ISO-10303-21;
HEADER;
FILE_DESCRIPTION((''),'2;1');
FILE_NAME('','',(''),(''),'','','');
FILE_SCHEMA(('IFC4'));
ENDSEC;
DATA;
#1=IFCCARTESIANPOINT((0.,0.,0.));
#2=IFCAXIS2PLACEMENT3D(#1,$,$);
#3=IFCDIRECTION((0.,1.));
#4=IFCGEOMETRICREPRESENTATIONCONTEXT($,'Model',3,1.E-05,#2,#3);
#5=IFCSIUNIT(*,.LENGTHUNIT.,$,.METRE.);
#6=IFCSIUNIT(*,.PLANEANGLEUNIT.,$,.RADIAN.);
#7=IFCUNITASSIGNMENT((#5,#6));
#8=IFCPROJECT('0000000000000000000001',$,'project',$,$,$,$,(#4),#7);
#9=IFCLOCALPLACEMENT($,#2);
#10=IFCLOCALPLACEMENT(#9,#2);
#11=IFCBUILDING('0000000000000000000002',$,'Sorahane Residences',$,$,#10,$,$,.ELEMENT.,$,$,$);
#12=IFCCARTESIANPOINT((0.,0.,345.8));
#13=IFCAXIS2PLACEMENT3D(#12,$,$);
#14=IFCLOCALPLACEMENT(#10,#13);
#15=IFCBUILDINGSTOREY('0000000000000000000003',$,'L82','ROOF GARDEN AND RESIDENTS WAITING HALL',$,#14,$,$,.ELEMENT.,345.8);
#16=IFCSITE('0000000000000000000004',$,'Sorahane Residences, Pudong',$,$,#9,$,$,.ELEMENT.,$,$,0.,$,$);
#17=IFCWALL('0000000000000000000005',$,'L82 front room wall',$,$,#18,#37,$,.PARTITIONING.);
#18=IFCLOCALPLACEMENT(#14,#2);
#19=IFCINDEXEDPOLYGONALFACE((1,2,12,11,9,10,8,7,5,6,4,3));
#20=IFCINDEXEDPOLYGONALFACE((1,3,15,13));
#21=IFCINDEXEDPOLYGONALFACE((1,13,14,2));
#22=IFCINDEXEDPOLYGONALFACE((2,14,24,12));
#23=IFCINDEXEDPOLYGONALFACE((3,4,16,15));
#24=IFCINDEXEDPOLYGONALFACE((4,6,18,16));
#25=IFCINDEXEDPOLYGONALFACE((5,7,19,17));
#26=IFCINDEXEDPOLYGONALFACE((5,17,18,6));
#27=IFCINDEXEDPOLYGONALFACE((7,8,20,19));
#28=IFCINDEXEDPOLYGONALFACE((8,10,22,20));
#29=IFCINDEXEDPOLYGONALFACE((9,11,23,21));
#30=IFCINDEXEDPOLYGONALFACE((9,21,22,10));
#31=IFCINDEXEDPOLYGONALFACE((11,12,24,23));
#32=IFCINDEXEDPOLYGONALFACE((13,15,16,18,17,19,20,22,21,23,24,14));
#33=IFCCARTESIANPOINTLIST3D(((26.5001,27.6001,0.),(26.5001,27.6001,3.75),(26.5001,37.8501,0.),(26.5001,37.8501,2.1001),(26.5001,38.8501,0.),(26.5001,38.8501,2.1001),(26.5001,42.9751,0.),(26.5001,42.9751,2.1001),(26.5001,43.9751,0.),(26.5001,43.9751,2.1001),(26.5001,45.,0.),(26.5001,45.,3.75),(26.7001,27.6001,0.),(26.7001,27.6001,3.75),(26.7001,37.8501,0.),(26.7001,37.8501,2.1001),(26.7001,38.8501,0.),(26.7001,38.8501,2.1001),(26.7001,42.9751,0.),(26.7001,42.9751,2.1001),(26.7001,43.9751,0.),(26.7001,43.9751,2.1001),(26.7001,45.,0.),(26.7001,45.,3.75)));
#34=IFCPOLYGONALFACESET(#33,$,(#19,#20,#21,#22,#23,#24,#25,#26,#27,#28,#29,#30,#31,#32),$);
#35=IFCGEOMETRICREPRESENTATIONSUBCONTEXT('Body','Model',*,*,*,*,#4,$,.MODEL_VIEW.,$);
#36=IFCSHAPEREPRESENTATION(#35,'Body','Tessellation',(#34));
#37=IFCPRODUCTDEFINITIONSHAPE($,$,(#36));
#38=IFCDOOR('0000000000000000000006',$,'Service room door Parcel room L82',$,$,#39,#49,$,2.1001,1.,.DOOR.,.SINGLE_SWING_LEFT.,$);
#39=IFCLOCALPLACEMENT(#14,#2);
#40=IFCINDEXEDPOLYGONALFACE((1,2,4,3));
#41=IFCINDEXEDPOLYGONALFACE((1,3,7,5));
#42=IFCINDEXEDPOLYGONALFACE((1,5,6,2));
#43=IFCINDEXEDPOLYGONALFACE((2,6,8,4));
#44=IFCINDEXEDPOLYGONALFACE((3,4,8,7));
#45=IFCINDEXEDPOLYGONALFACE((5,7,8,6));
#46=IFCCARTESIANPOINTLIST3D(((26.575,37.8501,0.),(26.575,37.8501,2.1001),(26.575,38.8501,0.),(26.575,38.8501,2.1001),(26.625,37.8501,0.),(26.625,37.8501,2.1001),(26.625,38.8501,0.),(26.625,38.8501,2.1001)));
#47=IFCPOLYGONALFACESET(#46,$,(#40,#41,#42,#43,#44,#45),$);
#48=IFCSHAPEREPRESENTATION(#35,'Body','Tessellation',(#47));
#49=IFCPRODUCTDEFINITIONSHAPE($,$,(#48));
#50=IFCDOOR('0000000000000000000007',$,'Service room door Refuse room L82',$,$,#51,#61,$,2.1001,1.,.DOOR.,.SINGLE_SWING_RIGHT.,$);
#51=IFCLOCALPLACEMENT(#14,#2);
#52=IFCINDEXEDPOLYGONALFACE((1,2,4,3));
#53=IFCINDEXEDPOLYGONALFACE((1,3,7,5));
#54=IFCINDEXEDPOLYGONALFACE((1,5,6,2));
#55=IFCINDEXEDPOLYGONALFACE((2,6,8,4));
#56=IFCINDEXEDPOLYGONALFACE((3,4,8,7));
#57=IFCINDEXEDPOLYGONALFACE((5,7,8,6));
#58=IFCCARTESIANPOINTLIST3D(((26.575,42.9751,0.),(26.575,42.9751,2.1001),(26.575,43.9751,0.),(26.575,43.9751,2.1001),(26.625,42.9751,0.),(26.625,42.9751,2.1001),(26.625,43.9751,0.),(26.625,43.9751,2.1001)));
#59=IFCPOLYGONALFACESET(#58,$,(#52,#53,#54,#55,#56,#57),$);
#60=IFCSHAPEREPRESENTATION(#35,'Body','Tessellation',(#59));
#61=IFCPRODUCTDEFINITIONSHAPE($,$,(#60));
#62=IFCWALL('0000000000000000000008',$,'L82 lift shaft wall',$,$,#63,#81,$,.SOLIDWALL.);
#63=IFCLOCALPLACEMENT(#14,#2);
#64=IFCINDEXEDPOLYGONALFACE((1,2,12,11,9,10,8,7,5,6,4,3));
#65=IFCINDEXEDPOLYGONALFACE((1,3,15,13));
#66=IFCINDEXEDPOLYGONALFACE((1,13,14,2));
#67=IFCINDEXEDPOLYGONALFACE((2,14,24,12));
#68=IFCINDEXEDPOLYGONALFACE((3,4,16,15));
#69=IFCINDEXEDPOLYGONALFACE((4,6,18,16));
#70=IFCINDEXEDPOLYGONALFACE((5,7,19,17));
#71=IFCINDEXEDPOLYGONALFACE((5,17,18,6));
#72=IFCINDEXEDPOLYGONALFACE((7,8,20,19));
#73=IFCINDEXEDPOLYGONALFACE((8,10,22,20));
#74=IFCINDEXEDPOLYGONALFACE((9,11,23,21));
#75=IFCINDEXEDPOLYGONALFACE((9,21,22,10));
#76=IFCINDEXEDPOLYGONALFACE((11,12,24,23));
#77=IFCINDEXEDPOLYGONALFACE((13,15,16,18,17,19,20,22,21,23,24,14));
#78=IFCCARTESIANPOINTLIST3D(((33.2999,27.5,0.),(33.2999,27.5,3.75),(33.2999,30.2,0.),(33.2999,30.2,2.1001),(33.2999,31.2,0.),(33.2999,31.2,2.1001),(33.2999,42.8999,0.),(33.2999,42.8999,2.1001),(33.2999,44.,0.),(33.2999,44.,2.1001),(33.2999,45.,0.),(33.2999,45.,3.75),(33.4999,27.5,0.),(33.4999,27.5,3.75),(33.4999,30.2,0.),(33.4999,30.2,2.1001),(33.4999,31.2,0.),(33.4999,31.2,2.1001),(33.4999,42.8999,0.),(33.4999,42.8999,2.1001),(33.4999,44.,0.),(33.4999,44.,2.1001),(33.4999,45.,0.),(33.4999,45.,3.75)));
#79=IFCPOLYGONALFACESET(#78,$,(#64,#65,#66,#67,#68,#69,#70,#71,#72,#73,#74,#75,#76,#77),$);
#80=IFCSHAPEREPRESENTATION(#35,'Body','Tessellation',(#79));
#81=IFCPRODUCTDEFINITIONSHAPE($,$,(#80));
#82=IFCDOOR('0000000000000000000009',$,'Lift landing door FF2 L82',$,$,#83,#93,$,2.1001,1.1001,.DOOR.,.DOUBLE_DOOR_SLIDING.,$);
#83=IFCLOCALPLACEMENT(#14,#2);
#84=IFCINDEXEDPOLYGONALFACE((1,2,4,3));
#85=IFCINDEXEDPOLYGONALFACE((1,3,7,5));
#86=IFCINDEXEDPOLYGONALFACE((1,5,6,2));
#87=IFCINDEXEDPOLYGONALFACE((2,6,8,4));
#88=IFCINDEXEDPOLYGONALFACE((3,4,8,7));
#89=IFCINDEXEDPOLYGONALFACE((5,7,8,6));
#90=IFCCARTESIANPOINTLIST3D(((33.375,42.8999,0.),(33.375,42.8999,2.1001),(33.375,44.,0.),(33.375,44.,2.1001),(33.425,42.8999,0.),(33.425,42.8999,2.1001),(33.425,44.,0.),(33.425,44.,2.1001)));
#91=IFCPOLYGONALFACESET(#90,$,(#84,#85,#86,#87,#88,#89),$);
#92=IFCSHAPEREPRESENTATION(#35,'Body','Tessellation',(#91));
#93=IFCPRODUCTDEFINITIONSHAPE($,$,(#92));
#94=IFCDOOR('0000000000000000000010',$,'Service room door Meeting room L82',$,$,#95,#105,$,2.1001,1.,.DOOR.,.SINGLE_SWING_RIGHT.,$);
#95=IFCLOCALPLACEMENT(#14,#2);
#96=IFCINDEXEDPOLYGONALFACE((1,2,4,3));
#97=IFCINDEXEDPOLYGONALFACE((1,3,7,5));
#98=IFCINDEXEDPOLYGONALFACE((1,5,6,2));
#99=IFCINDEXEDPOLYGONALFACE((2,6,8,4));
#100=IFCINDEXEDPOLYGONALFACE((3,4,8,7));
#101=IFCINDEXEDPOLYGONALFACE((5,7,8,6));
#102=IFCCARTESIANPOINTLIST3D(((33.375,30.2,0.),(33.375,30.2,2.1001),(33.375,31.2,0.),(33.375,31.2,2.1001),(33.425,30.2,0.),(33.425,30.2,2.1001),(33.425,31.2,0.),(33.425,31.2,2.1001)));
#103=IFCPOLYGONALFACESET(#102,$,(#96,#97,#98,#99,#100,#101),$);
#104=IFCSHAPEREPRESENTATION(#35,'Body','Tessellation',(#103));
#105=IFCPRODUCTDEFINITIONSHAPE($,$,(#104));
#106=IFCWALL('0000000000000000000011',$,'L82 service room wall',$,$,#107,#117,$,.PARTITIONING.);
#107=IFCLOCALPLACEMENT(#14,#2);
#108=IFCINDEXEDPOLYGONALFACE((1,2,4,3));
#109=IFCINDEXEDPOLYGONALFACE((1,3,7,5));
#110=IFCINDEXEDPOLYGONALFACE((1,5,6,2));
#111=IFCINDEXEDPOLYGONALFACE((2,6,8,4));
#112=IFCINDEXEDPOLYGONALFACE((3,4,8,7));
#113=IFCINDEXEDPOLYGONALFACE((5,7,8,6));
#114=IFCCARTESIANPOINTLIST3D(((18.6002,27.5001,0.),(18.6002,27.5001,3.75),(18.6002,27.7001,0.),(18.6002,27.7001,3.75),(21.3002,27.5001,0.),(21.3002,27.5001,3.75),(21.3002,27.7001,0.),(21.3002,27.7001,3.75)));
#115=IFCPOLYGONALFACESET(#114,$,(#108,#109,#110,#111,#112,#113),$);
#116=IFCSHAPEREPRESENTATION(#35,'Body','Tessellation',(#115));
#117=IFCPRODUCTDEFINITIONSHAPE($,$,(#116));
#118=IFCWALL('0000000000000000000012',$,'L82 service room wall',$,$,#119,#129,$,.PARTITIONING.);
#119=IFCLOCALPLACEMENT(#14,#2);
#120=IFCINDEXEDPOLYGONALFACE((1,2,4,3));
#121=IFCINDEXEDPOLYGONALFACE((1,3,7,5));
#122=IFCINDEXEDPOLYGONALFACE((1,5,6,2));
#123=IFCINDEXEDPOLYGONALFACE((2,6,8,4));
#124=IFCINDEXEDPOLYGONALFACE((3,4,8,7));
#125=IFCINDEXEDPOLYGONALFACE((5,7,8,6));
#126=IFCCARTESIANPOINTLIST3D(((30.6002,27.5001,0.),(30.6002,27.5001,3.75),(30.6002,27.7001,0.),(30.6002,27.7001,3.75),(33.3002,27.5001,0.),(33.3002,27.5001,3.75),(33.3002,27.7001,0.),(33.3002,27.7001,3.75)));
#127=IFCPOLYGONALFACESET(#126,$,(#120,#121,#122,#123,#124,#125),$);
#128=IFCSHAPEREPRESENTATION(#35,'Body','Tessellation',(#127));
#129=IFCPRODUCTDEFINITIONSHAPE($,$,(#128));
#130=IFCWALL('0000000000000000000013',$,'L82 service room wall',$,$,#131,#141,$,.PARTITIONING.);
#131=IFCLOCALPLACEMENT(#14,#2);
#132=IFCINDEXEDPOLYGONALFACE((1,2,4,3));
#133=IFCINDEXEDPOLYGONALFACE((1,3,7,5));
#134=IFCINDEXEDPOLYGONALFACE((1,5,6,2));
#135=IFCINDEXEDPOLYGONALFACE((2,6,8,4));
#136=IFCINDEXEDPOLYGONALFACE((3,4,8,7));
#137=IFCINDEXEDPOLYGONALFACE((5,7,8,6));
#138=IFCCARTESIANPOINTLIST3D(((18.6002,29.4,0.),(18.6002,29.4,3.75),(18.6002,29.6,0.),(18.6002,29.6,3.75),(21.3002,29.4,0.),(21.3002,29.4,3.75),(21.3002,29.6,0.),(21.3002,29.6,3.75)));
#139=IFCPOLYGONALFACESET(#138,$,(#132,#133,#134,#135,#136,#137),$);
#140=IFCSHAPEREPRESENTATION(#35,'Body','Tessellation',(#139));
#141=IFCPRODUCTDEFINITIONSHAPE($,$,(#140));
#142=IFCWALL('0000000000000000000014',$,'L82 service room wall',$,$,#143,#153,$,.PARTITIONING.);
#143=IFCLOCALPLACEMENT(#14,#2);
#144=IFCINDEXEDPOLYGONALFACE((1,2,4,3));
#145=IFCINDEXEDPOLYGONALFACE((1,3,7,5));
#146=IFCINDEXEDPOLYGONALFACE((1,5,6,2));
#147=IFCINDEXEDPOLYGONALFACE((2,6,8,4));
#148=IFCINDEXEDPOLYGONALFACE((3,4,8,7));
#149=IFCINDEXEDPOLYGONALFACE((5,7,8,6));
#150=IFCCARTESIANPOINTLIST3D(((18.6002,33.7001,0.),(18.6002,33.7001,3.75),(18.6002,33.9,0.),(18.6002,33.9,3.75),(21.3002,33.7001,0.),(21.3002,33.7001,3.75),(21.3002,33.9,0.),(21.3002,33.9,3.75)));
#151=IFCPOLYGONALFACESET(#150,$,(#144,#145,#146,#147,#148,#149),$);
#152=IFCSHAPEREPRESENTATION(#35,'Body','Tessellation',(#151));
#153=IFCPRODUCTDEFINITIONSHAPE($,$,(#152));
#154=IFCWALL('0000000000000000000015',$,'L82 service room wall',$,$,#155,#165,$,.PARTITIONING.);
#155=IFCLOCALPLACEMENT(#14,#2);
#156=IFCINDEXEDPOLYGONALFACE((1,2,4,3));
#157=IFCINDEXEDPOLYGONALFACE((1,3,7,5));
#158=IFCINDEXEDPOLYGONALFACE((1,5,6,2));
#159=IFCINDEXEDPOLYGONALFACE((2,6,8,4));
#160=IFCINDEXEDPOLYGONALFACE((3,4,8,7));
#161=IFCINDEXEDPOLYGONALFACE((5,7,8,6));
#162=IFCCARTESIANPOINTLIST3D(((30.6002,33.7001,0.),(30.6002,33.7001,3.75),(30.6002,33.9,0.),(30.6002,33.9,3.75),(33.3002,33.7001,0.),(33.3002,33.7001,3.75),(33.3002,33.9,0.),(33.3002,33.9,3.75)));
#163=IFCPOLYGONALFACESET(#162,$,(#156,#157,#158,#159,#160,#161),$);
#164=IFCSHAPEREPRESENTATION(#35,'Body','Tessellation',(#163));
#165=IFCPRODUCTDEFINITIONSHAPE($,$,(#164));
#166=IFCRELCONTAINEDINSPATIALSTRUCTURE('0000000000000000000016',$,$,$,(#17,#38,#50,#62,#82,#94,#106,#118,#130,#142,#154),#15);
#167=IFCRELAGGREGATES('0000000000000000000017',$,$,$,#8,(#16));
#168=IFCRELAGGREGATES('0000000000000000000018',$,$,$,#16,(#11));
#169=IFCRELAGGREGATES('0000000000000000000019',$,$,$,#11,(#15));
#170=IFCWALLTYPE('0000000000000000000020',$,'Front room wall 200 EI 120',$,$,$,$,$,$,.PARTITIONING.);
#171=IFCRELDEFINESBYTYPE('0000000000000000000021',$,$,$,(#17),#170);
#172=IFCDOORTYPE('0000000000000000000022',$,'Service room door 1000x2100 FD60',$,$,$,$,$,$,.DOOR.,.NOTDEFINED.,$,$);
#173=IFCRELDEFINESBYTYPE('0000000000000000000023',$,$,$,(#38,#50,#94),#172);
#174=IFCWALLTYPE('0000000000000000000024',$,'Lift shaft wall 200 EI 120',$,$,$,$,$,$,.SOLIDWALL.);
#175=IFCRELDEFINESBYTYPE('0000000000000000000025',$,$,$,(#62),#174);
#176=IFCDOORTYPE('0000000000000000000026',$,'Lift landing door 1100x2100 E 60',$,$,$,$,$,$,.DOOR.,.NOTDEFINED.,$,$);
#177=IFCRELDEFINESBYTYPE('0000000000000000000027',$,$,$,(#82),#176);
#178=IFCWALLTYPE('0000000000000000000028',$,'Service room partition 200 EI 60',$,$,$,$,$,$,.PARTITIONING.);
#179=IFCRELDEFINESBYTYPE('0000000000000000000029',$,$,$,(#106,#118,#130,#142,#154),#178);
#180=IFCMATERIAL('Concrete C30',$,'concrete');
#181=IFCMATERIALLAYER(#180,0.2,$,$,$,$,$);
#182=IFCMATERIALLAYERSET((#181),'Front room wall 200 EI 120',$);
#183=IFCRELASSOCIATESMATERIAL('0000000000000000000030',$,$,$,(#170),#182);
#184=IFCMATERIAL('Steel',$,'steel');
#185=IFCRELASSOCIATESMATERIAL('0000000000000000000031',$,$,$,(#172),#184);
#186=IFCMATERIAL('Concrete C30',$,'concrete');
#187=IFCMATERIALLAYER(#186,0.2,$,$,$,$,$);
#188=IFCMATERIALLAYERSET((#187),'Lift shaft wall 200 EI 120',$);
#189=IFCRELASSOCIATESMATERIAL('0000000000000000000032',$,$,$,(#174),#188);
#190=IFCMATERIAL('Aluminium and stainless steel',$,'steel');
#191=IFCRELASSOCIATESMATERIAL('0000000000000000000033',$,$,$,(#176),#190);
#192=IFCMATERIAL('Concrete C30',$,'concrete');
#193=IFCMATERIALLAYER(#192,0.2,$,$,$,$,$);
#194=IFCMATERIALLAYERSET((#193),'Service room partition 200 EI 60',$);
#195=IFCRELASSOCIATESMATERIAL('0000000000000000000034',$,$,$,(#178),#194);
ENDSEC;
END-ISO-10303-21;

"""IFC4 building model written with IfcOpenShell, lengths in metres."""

from ifc_helpers import new_model, si_unit, direction, frame, frame_2d, origin, place, context, subcontext, project, spatial, rectangle, extrude, material, layer, layer_set, type_object, element, fill, save


model = new_model("IFC4")

# Units and contexts
model_context = context("Model", 3, precision=1e-05, world=origin(), true_north=direction((0.0, 1.0)))
body_context = subcontext(model_context, "Body", "Model", "MODEL_VIEW")
ifc_project = project(units=[si_unit("LENGTHUNIT", "METRE"), si_unit("PLANEANGLEUNIT", "RADIAN")], contexts=[model_context])

# Site, building, storey
site_placement = place(None, origin())
site = spatial("IfcSite", under=ifc_project, at=site_placement, Name="Sorahane Residences, Pudong", CompositionType="ELEMENT", RefElevation=0.0)
building_placement = place(site_placement, origin())
building = spatial("IfcBuilding", under=site, at=building_placement, Name="Sorahane Residences", CompositionType="ELEMENT")
storey_placement = place(building_placement, frame((0.0, 0.0, 345.8)))
storey = spatial("IfcBuildingStorey", under=building, at=storey_placement, Name="L82", Description="ROOF GARDEN AND RESIDENTS WAITING HALL", CompositionType="ELEMENT", Elevation=345.8)

# Walls, openings, doors
ifc_material_1 = material(Name="Concrete C30", Category="concrete")
ifc_layer_1 = layer(ifc_material_1, 0.2)
ifc_layer_set_1 = layer_set([ifc_layer_1], Name="Front room wall 200 EI 120")
wall_type_1 = type_object("IfcWallType", Name="Front room wall 200 EI 120", PredefinedType="PARTITIONING", material=ifc_layer_set_1)
wall_1_placement = place(storey_placement, frame((26.6001, 27.6001, 0.0), z_axis=(0.0, 0.0, 1.0), x_axis=(0.0, 1.0, 0.0)))
wall_1 = element("IfcWall", 1, at=wall_1_placement, inside=storey, type_object=wall_type_1, Name="L82 front room wall", PredefinedType="PARTITIONING", context=body_context, shape_type="SweptSolid", body=[
    extrude(rectangle(XDim=17.3999, YDim=0.2, at=frame_2d((8.7, 0.0))), origin(), (0.0, 0.0, 1.0), 3.75),
])
opening_1_placement = place(wall_1_placement, frame((10.25, 0.0, 0.0)))
opening_1 = element("IfcOpeningElement", 2, at=opening_1_placement, cuts=wall_1, PredefinedType="OPENING", context=body_context, shape_type="SweptSolid", body=[
    extrude(rectangle(XDim=1.0, YDim=2.1001, at=frame_2d((0.5, 1.05))), frame((0.0, 0.1099, 0.0), z_axis=(0.0, -1.0, 0.0), x_axis=(1.0, 0.0, 0.0)), (0.0, 0.0, 1.0), 0.22),
])
opening_2_placement = place(wall_1_placement, frame((15.375, 0.0, 0.0)))
opening_2 = element("IfcOpeningElement", 3, at=opening_2_placement, cuts=wall_1, PredefinedType="OPENING", context=body_context, shape_type="SweptSolid", body=[
    extrude(rectangle(XDim=1.0, YDim=2.1001, at=frame_2d((0.5, 1.05))), frame((0.0, 0.1099, 0.0), z_axis=(0.0, -1.0, 0.0), x_axis=(1.0, 0.0, 0.0)), (0.0, 0.0, 1.0), 0.22),
])
ifc_material_2 = material(Name="Steel", Category="steel")
door_type_1 = type_object("IfcDoorType", Name="Service room door 1000x2100 FD60", OperationType="NOTDEFINED", PredefinedType="DOOR", material=ifc_material_2)
door_1_placement = place(opening_1_placement, frame((1.0, 0.0, 0.0), z_axis=(0.0, 0.0, 1.0), x_axis=(-1.0, 0.0, 0.0)))
door_1 = element("IfcDoor", 4, at=door_1_placement, inside=storey, type_object=door_type_1, Name="Service room door Parcel room L82", OperationType="SINGLE_SWING_LEFT", OverallHeight=2.1001, OverallWidth=1.0, PredefinedType="DOOR", context=body_context, shape_type="SweptSolid", body=[
    extrude(rectangle(XDim=1.0, YDim=2.1001, at=frame_2d((0.5, 1.05))), frame((0.0, 0.0249, 0.0), z_axis=(0.0, -1.0, 0.0), x_axis=(1.0, 0.0, 0.0)), (0.0, 0.0, 1.0), 0.05),
])
fill(opening_1, door_1)
door_2_placement = place(opening_2_placement, frame((1.0, 0.0, 0.0), z_axis=(0.0, 0.0, 1.0), x_axis=(-1.0, 0.0, 0.0)))
door_2 = element("IfcDoor", 5, at=door_2_placement, inside=storey, type_object=door_type_1, Name="Service room door Refuse room L82", OperationType="SINGLE_SWING_RIGHT", OverallHeight=2.1001, OverallWidth=1.0, PredefinedType="DOOR", context=body_context, shape_type="SweptSolid", body=[
    extrude(rectangle(XDim=1.0, YDim=2.1001, at=frame_2d((0.5, 1.05))), frame((0.0, 0.0249, 0.0), z_axis=(0.0, -1.0, 0.0), x_axis=(1.0, 0.0, 0.0)), (0.0, 0.0, 1.0), 0.05),
])
fill(opening_2, door_2)
ifc_material_3 = material(Name="Concrete C30", Category="concrete")
ifc_layer_2 = layer(ifc_material_3, 0.2)
ifc_layer_set_2 = layer_set([ifc_layer_2], Name="Lift shaft wall 200 EI 120")
wall_type_2 = type_object("IfcWallType", Name="Lift shaft wall 200 EI 120", PredefinedType="SOLIDWALL", material=ifc_layer_set_2)
wall_2_placement = place(storey_placement, frame((33.3999, 27.5, 0.0), z_axis=(0.0, 0.0, 1.0), x_axis=(0.0, 1.0, 0.0)))
wall_2 = element("IfcWall", 6, at=wall_2_placement, inside=storey, type_object=wall_type_2, Name="L82 lift shaft wall", PredefinedType="SOLIDWALL", context=body_context, shape_type="SweptSolid", body=[
    extrude(rectangle(XDim=17.5, YDim=0.2, at=frame_2d((8.75, 0.0))), origin(), (0.0, 0.0, 1.0), 3.75),
])
opening_3_placement = place(wall_2_placement, frame((15.3999, 0.0, 0.0)))
opening_3 = element("IfcOpeningElement", 7, at=opening_3_placement, cuts=wall_2, PredefinedType="OPENING", context=body_context, shape_type="SweptSolid", body=[
    extrude(rectangle(XDim=1.1001, YDim=2.1001, at=frame_2d((0.55, 1.05))), frame((0.0, 0.1099, 0.0), z_axis=(0.0, -1.0, 0.0), x_axis=(1.0, 0.0, 0.0)), (0.0, 0.0, 1.0), 0.22),
])
opening_4_placement = place(wall_2_placement, frame((2.7, 0.0, 0.0)))
opening_4 = element("IfcOpeningElement", 8, at=opening_4_placement, cuts=wall_2, PredefinedType="OPENING", context=body_context, shape_type="SweptSolid", body=[
    extrude(rectangle(XDim=1.0, YDim=2.1001, at=frame_2d((0.5, 1.05))), frame((0.0, 0.1099, 0.0), z_axis=(0.0, -1.0, 0.0), x_axis=(1.0, 0.0, 0.0)), (0.0, 0.0, 1.0), 0.22),
])
ifc_material_4 = material(Name="Aluminium and stainless steel", Category="steel")
door_type_2 = type_object("IfcDoorType", Name="Lift landing door 1100x2100 E 60", OperationType="NOTDEFINED", PredefinedType="DOOR", material=ifc_material_4)
door_3_placement = place(opening_3_placement, origin())
door_3 = element("IfcDoor", 9, at=door_3_placement, inside=storey, type_object=door_type_2, Name="Lift landing door FF2 L82", OperationType="DOUBLE_DOOR_SLIDING", OverallHeight=2.1001, OverallWidth=1.1001, PredefinedType="DOOR", context=body_context, shape_type="SweptSolid", body=[
    extrude(rectangle(XDim=1.1001, YDim=2.1001, at=frame_2d((0.55, 1.05))), frame((0.0, 0.0249, 0.0), z_axis=(0.0, -1.0, 0.0), x_axis=(1.0, 0.0, 0.0)), (0.0, 0.0, 1.0), 0.05),
])
fill(opening_3, door_3)
door_4_placement = place(opening_4_placement, origin())
door_4 = element("IfcDoor", 10, at=door_4_placement, inside=storey, type_object=door_type_1, Name="Service room door Meeting room L82", OperationType="SINGLE_SWING_RIGHT", OverallHeight=2.1001, OverallWidth=1.0, PredefinedType="DOOR", context=body_context, shape_type="SweptSolid", body=[
    extrude(rectangle(XDim=1.0, YDim=2.1001, at=frame_2d((0.5, 1.05))), frame((0.0, 0.0249, 0.0), z_axis=(0.0, -1.0, 0.0), x_axis=(1.0, 0.0, 0.0)), (0.0, 0.0, 1.0), 0.05),
])
fill(opening_4, door_4)

# Walls
ifc_material_5 = material(Name="Concrete C30", Category="concrete")
ifc_layer_3 = layer(ifc_material_5, 0.2)
ifc_layer_set_3 = layer_set([ifc_layer_3], Name="Service room partition 200 EI 60")
wall_type_3 = type_object("IfcWallType", Name="Service room partition 200 EI 60", PredefinedType="PARTITIONING", material=ifc_layer_set_3)
for number, where, z_axis, x_axis, name in (
    (11, (18.6001, 27.6001, 0.0), (0.0, 0.0, 1.0), (1.0, 0.0, 0.0), "L82 service room wall"),
    (12, (30.6001, 27.6001, 0.0), (0.0, 0.0, 1.0), (1.0, 0.0, 0.0), "L82 service room wall"),
    (13, (18.6001, 29.5, 0.0), (0.0, 0.0, 1.0), (1.0, 0.0, 0.0), "L82 service room wall"),
    (14, (18.6001, 33.8, 0.0), (0.0, 0.0, 1.0), (1.0, 0.0, 0.0), "L82 service room wall"),
    (15, (30.6001, 33.8, 0.0), (0.0, 0.0, 1.0), (1.0, 0.0, 0.0), "L82 service room wall"),
):
    element("IfcWall", number, at=place(storey_placement, frame(where, z_axis=z_axis, x_axis=x_axis)), inside=storey, type_object=wall_type_3, Name=name, PredefinedType="PARTITIONING", context=body_context, shape_type="SweptSolid", body=[
        extrude(rectangle(XDim=2.7, YDim=0.2, at=frame_2d((1.3501, 0.0))), origin(), (0.0, 0.0, 1.0), 3.75),
    ])

save(model, "model.ifc")
